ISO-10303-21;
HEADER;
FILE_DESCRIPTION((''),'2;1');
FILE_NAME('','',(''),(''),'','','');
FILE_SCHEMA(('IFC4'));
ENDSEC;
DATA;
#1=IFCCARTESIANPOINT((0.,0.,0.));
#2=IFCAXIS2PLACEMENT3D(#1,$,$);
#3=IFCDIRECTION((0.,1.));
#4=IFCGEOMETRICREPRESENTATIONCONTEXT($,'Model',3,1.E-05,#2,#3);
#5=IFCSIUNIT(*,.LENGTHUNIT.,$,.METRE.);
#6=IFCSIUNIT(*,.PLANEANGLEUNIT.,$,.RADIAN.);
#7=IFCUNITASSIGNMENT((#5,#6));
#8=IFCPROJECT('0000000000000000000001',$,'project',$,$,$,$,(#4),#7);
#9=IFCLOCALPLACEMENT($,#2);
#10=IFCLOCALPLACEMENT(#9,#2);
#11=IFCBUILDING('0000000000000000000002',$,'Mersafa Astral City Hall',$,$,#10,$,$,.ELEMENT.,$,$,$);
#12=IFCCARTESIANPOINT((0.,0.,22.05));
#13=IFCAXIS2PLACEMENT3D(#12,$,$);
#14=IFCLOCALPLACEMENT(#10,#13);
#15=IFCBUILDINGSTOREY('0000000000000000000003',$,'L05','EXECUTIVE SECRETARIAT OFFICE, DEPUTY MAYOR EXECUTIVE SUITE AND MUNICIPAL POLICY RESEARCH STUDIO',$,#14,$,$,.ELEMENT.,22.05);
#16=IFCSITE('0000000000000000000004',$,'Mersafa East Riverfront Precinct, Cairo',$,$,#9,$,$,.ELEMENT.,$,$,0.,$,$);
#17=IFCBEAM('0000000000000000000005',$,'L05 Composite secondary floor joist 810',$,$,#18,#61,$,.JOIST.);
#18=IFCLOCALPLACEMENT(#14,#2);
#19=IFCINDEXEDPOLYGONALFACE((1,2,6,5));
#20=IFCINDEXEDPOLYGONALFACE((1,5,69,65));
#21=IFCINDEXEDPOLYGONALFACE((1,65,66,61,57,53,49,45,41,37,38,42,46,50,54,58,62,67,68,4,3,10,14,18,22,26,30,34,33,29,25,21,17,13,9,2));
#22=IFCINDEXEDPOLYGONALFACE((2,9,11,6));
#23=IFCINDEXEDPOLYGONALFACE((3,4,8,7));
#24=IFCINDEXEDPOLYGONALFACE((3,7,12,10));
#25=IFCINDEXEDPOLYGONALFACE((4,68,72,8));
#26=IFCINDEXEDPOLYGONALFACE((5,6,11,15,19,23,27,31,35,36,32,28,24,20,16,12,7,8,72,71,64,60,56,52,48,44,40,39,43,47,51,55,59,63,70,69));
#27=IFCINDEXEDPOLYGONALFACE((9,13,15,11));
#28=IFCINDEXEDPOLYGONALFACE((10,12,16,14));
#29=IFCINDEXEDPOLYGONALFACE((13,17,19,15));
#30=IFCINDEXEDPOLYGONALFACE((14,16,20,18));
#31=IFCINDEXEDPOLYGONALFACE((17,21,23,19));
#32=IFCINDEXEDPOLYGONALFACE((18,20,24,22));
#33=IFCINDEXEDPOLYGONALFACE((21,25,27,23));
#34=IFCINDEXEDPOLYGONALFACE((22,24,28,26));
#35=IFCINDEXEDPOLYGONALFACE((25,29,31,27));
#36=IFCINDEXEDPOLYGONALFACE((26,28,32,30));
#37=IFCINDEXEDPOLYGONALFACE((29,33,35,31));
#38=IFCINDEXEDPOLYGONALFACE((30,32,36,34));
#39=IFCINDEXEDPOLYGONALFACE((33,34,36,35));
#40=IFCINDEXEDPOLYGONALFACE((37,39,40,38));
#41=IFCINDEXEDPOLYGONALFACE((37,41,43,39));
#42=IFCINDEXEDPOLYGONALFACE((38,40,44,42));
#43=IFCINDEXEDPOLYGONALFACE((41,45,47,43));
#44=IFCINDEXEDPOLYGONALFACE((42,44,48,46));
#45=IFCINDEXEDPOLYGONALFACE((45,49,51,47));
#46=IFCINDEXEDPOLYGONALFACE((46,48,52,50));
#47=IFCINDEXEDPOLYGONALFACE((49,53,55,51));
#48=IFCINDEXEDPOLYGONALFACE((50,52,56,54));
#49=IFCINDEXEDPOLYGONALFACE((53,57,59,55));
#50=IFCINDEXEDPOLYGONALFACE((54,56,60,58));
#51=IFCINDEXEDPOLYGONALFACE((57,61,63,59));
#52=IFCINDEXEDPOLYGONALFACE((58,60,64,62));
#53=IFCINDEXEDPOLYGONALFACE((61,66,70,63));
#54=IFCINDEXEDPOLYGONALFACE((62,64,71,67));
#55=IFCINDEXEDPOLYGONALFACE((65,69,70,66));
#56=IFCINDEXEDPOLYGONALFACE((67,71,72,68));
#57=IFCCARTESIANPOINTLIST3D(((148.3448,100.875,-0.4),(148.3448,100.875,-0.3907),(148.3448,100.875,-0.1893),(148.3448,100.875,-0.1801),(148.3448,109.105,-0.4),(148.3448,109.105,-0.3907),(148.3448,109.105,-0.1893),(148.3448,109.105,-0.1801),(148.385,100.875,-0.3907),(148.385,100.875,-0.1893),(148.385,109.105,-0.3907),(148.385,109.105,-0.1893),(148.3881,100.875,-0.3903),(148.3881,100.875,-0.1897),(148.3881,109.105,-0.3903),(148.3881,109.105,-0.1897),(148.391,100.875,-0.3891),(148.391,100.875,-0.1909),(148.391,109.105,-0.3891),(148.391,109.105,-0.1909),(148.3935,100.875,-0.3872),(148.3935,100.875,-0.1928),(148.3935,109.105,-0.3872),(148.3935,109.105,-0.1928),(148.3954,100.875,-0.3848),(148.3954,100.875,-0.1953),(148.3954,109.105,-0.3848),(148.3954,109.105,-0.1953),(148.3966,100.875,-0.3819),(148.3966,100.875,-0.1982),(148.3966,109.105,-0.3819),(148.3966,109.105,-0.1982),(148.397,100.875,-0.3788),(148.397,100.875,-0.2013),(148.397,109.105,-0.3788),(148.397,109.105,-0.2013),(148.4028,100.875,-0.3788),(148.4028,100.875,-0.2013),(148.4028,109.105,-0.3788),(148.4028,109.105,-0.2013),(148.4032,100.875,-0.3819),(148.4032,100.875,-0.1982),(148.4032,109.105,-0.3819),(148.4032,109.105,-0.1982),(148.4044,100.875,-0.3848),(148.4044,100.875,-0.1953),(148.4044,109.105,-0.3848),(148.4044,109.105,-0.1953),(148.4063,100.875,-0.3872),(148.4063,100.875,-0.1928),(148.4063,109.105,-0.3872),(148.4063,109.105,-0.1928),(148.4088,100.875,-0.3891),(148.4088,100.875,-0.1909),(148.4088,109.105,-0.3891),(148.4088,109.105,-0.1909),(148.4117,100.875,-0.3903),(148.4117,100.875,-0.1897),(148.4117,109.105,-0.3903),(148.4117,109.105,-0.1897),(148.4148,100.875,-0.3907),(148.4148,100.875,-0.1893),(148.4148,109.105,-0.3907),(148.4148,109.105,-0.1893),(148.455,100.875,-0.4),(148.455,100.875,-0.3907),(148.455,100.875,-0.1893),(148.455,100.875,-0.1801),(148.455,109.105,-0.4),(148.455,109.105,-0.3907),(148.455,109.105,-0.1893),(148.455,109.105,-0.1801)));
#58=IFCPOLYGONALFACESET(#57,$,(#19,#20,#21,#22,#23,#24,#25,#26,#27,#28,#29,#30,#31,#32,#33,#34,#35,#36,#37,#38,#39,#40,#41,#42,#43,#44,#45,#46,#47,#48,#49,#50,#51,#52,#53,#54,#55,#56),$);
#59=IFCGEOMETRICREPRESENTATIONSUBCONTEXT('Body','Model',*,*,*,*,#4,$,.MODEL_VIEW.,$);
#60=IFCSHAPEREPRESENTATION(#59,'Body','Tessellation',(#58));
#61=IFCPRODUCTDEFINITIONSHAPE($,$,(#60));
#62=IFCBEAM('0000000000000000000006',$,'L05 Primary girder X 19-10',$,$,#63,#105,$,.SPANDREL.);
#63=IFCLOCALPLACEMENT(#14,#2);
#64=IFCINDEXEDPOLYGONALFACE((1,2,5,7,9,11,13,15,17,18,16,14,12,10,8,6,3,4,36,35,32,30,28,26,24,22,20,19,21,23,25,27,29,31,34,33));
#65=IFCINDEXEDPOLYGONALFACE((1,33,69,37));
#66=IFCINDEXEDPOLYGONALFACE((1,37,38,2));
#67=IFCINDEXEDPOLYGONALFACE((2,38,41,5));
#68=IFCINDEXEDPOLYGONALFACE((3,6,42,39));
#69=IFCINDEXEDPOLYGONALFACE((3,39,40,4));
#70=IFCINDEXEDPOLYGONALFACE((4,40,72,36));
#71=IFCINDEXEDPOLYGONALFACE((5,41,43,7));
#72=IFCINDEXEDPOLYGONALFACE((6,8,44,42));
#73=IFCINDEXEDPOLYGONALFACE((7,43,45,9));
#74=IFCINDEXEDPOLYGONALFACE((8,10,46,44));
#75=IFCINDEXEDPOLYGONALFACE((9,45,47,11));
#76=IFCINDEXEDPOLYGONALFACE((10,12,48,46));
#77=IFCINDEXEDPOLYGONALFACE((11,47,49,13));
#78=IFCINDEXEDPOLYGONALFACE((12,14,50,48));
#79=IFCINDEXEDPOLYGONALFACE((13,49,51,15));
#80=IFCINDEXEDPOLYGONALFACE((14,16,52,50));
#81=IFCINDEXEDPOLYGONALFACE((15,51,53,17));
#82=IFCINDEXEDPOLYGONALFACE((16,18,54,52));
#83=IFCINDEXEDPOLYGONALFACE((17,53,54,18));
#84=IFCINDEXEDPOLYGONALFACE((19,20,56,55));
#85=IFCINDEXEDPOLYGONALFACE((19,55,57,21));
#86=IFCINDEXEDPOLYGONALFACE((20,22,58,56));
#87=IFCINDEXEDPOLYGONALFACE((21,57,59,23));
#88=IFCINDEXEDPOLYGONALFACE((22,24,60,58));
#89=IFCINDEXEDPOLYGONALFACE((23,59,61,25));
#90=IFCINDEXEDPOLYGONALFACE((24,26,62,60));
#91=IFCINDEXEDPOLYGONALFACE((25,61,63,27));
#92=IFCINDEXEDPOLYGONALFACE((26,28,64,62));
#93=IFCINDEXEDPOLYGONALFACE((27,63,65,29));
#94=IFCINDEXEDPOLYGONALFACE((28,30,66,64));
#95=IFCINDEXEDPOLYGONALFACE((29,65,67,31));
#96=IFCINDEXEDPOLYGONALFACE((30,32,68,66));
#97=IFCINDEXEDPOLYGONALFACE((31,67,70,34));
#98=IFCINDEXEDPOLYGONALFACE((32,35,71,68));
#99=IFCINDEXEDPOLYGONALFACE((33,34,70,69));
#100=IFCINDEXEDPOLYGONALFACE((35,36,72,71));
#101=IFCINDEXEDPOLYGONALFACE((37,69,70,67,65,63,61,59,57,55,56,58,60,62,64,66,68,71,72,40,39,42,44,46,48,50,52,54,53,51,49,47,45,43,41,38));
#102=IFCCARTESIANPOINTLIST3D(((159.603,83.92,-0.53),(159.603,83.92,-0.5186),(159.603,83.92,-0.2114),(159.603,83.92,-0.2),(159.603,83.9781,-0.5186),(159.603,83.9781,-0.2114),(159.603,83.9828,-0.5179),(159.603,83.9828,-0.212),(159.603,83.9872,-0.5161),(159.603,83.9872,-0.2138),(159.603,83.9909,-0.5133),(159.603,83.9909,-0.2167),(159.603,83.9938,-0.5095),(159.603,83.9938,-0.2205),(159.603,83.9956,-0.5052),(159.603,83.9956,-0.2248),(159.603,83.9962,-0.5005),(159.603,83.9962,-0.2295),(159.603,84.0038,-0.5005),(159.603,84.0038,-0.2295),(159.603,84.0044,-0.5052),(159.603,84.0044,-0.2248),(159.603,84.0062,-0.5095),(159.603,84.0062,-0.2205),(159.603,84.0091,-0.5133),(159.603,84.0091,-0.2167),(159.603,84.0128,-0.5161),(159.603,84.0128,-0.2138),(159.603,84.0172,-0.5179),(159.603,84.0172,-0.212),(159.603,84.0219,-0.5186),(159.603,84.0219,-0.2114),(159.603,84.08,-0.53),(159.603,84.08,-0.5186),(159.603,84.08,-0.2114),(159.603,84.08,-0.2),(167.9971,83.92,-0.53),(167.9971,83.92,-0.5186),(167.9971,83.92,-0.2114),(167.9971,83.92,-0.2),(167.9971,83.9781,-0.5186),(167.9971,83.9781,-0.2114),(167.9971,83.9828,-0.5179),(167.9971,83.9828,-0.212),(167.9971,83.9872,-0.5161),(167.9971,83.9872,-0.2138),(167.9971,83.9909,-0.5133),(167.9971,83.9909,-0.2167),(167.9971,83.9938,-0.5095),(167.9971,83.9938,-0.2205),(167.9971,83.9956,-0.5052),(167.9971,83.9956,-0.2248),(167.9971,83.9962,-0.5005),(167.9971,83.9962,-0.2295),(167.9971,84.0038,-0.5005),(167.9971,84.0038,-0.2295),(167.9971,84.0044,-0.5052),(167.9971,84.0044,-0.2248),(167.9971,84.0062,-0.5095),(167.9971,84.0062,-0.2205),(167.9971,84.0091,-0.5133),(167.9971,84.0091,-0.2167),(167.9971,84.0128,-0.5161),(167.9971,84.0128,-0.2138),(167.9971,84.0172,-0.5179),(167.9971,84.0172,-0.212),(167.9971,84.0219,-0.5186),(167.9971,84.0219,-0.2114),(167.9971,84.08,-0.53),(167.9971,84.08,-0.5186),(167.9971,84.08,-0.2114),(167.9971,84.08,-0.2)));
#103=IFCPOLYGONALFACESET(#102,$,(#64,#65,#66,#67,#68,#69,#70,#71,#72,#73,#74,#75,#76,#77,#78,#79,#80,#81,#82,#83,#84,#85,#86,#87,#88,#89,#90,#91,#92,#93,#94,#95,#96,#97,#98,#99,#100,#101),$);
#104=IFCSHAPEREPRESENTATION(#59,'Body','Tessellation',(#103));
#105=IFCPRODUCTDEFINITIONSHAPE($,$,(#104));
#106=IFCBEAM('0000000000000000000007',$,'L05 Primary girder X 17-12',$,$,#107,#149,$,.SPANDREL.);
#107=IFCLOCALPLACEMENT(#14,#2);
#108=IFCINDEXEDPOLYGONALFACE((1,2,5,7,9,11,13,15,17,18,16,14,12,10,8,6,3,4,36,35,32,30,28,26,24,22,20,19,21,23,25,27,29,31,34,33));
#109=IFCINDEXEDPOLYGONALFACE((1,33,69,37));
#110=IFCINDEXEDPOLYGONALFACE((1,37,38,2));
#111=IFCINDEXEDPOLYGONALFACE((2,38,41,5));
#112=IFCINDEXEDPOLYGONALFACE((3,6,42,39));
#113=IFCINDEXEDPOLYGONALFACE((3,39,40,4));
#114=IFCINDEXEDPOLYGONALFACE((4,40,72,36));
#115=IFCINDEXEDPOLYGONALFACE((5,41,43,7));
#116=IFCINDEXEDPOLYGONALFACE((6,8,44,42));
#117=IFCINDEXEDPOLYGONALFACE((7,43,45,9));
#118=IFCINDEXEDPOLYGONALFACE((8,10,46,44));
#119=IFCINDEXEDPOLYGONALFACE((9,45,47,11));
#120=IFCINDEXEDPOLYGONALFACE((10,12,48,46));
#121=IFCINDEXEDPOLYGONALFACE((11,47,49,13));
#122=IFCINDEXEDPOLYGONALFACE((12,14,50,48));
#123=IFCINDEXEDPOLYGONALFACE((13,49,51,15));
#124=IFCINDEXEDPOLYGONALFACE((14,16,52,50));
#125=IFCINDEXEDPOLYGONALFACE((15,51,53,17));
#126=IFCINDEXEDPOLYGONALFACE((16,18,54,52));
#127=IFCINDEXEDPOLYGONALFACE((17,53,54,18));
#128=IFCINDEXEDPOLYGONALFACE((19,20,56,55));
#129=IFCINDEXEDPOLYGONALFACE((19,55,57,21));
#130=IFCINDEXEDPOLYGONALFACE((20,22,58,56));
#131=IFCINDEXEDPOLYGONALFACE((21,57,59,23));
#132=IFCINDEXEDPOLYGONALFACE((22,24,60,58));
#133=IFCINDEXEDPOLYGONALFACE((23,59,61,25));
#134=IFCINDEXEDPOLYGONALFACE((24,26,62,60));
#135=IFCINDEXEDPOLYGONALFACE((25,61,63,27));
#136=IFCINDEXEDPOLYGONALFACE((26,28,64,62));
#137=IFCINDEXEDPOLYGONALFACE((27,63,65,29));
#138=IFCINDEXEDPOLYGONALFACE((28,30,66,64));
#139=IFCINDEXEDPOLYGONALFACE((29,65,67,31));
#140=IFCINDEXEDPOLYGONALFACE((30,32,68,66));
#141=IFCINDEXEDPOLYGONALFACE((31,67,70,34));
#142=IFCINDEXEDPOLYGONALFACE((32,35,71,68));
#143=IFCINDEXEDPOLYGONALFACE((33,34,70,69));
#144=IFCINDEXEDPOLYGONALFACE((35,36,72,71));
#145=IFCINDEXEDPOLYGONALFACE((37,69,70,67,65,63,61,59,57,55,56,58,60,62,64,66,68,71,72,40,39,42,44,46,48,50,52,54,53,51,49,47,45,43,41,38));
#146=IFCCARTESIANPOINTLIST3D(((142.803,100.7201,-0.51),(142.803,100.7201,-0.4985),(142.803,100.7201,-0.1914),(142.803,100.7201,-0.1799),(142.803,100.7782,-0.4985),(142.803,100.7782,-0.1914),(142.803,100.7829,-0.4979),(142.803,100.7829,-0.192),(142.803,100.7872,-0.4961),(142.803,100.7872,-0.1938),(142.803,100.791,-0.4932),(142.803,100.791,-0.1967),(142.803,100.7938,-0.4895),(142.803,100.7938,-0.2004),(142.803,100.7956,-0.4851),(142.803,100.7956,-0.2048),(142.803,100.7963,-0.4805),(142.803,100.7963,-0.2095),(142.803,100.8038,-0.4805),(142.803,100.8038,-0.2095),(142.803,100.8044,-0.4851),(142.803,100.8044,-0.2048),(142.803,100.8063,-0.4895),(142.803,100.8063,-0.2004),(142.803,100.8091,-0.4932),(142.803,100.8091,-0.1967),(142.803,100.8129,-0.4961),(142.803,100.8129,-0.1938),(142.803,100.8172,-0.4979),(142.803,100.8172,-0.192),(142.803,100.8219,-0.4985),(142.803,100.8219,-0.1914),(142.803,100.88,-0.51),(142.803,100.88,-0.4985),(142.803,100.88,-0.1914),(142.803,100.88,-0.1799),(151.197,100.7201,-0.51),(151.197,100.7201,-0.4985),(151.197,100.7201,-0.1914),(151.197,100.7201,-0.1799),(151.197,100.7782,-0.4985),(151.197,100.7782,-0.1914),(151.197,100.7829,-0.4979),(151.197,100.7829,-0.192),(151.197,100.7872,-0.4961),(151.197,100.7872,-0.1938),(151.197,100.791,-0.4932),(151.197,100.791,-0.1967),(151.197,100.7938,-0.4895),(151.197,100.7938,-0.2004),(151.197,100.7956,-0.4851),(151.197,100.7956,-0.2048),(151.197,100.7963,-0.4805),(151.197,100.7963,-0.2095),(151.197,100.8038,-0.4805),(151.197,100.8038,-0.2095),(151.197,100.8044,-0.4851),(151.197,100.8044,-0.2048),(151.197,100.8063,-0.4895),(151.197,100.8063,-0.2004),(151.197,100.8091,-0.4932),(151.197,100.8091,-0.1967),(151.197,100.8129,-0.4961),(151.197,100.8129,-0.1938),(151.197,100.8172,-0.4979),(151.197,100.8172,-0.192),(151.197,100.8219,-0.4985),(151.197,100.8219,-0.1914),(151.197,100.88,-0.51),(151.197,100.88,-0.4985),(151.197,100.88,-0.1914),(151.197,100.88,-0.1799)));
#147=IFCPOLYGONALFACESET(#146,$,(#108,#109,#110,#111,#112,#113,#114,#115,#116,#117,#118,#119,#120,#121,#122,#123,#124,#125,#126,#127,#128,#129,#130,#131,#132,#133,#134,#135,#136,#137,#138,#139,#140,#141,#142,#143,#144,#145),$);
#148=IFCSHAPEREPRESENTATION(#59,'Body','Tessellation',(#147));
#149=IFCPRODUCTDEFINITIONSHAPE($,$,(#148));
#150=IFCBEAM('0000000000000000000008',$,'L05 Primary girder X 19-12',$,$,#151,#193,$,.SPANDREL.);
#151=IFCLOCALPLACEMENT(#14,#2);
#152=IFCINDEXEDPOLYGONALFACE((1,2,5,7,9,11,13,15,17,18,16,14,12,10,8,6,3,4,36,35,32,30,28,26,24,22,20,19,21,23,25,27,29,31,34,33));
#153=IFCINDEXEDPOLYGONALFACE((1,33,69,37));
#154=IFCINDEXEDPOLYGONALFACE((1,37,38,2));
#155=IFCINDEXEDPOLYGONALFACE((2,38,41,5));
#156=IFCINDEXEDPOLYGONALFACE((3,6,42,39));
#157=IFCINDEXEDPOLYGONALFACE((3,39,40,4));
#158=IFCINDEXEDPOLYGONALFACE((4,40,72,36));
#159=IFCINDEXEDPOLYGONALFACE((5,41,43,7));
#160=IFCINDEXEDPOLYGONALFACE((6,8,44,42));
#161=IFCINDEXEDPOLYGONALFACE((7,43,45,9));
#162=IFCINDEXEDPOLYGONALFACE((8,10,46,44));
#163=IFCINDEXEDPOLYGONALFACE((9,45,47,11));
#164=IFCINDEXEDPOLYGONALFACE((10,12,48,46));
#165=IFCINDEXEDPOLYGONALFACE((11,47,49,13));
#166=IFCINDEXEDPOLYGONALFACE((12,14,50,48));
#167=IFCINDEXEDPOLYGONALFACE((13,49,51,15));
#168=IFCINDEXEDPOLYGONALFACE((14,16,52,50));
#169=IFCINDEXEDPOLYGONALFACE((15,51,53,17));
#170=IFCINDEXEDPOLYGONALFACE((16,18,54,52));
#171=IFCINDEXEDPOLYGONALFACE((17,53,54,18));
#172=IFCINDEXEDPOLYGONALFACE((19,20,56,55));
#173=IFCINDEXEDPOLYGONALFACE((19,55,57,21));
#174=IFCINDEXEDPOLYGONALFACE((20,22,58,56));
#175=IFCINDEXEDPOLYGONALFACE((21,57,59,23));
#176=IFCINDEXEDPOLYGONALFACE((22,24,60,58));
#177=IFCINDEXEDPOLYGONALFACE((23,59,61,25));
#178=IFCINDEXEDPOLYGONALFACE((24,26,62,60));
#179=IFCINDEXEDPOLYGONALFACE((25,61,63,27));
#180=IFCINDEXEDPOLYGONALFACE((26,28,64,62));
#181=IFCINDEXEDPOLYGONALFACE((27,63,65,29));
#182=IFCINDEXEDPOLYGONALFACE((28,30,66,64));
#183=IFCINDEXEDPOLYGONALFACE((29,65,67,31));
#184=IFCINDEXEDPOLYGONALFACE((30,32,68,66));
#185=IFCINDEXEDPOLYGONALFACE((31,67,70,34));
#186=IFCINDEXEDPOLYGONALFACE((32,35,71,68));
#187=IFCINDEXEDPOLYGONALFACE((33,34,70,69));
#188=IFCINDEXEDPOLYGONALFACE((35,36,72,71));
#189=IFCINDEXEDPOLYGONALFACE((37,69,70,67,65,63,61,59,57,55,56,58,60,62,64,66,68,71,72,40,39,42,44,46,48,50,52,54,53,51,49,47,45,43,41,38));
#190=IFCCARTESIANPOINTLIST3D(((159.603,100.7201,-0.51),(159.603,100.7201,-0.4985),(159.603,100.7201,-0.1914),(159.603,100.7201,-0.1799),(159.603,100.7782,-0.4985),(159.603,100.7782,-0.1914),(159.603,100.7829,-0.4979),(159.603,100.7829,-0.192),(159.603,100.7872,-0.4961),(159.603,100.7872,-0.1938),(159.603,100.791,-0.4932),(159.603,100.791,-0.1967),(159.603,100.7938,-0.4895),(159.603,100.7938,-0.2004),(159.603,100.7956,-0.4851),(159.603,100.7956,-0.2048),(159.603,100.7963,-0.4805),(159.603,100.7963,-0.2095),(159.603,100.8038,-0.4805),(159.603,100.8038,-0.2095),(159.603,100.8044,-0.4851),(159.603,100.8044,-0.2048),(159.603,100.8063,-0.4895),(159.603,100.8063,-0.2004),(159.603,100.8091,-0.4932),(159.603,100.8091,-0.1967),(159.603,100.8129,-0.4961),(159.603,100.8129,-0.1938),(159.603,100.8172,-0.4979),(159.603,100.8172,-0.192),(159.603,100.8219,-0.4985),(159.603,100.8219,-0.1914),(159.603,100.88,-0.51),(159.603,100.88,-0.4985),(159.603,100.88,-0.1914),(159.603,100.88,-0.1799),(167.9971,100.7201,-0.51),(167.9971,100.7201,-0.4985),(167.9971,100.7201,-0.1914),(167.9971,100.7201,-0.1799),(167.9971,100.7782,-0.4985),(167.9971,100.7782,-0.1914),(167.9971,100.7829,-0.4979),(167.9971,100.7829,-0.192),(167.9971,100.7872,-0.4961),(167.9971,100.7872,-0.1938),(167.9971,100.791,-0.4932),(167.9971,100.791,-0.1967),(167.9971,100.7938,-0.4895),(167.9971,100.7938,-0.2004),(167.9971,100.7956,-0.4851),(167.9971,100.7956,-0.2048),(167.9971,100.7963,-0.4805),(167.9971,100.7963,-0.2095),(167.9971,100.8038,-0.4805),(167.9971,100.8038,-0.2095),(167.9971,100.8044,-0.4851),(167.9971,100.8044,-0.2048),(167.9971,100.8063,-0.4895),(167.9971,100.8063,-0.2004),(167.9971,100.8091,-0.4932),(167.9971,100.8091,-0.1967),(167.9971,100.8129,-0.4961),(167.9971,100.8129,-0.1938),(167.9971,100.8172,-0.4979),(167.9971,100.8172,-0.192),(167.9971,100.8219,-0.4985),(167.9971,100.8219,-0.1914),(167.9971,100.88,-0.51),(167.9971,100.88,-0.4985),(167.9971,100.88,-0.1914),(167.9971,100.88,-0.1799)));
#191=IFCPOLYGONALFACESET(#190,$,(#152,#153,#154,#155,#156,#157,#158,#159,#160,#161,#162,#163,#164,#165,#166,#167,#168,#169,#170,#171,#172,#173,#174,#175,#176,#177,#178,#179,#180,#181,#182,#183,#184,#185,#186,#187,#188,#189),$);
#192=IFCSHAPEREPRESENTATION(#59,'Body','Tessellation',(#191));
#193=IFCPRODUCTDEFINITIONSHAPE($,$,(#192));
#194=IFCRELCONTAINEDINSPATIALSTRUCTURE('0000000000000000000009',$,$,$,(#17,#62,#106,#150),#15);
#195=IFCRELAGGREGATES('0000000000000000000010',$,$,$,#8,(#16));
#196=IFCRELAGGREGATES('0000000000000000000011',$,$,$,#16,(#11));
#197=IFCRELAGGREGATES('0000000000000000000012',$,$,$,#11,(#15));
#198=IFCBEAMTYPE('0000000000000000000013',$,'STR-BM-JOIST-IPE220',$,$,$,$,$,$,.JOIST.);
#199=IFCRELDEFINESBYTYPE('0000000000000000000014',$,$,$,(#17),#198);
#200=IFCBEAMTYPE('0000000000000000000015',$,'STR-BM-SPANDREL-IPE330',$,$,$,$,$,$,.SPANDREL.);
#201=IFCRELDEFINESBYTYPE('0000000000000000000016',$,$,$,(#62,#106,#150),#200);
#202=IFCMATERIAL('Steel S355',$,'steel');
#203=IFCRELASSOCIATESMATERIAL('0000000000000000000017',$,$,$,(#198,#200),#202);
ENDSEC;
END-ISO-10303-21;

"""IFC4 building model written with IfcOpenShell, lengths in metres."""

from ifc_helpers import new_model, si_unit, direction, frame, origin, origin_2d, place, context, subcontext, project, spatial, i_section, extrude, material, material_profile, profile_set, type_object, element, save


model = new_model("IFC4")

# Units and contexts
model_context = context("Model", 3, precision=1e-05, world=origin(), true_north=direction((0.0, 1.0)))
body_context = subcontext(model_context, "Body", "Model", "MODEL_VIEW")
ifc_project = project(units=[si_unit("LENGTHUNIT", "METRE"), si_unit("PLANEANGLEUNIT", "RADIAN")], contexts=[model_context])

# Site, building, storey
site_placement = place(None, origin())
site = spatial("IfcSite", under=ifc_project, at=site_placement, Name="Mersafa East Riverfront Precinct, Cairo", CompositionType="ELEMENT", RefElevation=0.0)
building_placement = place(site_placement, origin())
building = spatial("IfcBuilding", under=site, at=building_placement, Name="Mersafa Astral City Hall", CompositionType="ELEMENT")
storey_placement = place(building_placement, frame((0.0, 0.0, 22.05)))
storey = spatial("IfcBuildingStorey", under=building, at=storey_placement, Name="L05", Description="EXECUTIVE SECRETARIAT OFFICE, DEPUTY MAYOR EXECUTIVE SUITE AND MUNICIPAL POLICY RESEARCH STUDIO", CompositionType="ELEMENT", Elevation=22.05)

# Shared definitions
ifc_material_1 = material(Name="Steel S355", Category="steel")

# Beams
ifc_material_profile_1 = material_profile(ifc_material_1, i_section(OverallWidth=0.1101, OverallDepth=0.22, WebThickness=0.0059, FlangeThickness=0.0093, FilletRadius=0.012, at=origin_2d()), Name="IPE 220")
ifc_profile_set_1 = profile_set([ifc_material_profile_1], Name="Steel S355")
beam_type_1 = type_object("IfcBeamType", Name="STR-BM-JOIST-IPE220", PredefinedType="JOIST", material=ifc_profile_set_1)
for number, where, z_axis, x_axis, name in (
    (1, (148.3999, 100.875, -0.29), (0.0, 1.0, 0.0), (-1.0, 0.0, 0.0), "L05 Composite secondary floor joist 810"),
):
    element("IfcBeam", number, at=place(storey_placement, frame(where, z_axis=z_axis, x_axis=x_axis)), inside=storey, type_object=beam_type_1, Name=name, PredefinedType="JOIST", context=body_context, shape_type="SweptSolid", body=[
        extrude(i_section(OverallWidth=0.1101, OverallDepth=0.22, WebThickness=0.0059, FlangeThickness=0.0093, FilletRadius=0.012, at=origin_2d()), origin(), (0.0, 0.0, 1.0), 8.23),
    ])
ifc_material_profile_2 = material_profile(ifc_material_1, i_section(OverallWidth=0.1599, OverallDepth=0.3301, WebThickness=0.0076, FlangeThickness=0.0115, FilletRadius=0.0181, at=origin_2d()), Name="IPE 330")
ifc_profile_set_2 = profile_set([ifc_material_profile_2], Name="Steel S355")
beam_type_2 = type_object("IfcBeamType", Name="STR-BM-SPANDREL-IPE330", PredefinedType="SPANDREL", material=ifc_profile_set_2)
for number, where, z_axis, x_axis, name in (
    (2, (159.603, 84.0, -0.365), (1.0, 0.0, 0.0), (0.0, 1.0, 0.0), "L05 Primary girder X 19-10"),
    (3, (142.803, 100.8, -0.345), (1.0, 0.0, 0.0), (0.0, 1.0, 0.0), "L05 Primary girder X 17-12"),
    (4, (159.603, 100.8, -0.345), (1.0, 0.0, 0.0), (0.0, 1.0, 0.0), "L05 Primary girder X 19-12"),
):
    element("IfcBeam", number, at=place(storey_placement, frame(where, z_axis=z_axis, x_axis=x_axis)), inside=storey, type_object=beam_type_2, Name=name, PredefinedType="SPANDREL", context=body_context, shape_type="SweptSolid", body=[
        extrude(i_section(OverallWidth=0.1599, OverallDepth=0.3301, WebThickness=0.0076, FlangeThickness=0.0115, FilletRadius=0.0181, at=origin_2d()), origin(), (0.0, 0.0, 1.0), 8.394),
    ])

save(model, "model.ifc")
